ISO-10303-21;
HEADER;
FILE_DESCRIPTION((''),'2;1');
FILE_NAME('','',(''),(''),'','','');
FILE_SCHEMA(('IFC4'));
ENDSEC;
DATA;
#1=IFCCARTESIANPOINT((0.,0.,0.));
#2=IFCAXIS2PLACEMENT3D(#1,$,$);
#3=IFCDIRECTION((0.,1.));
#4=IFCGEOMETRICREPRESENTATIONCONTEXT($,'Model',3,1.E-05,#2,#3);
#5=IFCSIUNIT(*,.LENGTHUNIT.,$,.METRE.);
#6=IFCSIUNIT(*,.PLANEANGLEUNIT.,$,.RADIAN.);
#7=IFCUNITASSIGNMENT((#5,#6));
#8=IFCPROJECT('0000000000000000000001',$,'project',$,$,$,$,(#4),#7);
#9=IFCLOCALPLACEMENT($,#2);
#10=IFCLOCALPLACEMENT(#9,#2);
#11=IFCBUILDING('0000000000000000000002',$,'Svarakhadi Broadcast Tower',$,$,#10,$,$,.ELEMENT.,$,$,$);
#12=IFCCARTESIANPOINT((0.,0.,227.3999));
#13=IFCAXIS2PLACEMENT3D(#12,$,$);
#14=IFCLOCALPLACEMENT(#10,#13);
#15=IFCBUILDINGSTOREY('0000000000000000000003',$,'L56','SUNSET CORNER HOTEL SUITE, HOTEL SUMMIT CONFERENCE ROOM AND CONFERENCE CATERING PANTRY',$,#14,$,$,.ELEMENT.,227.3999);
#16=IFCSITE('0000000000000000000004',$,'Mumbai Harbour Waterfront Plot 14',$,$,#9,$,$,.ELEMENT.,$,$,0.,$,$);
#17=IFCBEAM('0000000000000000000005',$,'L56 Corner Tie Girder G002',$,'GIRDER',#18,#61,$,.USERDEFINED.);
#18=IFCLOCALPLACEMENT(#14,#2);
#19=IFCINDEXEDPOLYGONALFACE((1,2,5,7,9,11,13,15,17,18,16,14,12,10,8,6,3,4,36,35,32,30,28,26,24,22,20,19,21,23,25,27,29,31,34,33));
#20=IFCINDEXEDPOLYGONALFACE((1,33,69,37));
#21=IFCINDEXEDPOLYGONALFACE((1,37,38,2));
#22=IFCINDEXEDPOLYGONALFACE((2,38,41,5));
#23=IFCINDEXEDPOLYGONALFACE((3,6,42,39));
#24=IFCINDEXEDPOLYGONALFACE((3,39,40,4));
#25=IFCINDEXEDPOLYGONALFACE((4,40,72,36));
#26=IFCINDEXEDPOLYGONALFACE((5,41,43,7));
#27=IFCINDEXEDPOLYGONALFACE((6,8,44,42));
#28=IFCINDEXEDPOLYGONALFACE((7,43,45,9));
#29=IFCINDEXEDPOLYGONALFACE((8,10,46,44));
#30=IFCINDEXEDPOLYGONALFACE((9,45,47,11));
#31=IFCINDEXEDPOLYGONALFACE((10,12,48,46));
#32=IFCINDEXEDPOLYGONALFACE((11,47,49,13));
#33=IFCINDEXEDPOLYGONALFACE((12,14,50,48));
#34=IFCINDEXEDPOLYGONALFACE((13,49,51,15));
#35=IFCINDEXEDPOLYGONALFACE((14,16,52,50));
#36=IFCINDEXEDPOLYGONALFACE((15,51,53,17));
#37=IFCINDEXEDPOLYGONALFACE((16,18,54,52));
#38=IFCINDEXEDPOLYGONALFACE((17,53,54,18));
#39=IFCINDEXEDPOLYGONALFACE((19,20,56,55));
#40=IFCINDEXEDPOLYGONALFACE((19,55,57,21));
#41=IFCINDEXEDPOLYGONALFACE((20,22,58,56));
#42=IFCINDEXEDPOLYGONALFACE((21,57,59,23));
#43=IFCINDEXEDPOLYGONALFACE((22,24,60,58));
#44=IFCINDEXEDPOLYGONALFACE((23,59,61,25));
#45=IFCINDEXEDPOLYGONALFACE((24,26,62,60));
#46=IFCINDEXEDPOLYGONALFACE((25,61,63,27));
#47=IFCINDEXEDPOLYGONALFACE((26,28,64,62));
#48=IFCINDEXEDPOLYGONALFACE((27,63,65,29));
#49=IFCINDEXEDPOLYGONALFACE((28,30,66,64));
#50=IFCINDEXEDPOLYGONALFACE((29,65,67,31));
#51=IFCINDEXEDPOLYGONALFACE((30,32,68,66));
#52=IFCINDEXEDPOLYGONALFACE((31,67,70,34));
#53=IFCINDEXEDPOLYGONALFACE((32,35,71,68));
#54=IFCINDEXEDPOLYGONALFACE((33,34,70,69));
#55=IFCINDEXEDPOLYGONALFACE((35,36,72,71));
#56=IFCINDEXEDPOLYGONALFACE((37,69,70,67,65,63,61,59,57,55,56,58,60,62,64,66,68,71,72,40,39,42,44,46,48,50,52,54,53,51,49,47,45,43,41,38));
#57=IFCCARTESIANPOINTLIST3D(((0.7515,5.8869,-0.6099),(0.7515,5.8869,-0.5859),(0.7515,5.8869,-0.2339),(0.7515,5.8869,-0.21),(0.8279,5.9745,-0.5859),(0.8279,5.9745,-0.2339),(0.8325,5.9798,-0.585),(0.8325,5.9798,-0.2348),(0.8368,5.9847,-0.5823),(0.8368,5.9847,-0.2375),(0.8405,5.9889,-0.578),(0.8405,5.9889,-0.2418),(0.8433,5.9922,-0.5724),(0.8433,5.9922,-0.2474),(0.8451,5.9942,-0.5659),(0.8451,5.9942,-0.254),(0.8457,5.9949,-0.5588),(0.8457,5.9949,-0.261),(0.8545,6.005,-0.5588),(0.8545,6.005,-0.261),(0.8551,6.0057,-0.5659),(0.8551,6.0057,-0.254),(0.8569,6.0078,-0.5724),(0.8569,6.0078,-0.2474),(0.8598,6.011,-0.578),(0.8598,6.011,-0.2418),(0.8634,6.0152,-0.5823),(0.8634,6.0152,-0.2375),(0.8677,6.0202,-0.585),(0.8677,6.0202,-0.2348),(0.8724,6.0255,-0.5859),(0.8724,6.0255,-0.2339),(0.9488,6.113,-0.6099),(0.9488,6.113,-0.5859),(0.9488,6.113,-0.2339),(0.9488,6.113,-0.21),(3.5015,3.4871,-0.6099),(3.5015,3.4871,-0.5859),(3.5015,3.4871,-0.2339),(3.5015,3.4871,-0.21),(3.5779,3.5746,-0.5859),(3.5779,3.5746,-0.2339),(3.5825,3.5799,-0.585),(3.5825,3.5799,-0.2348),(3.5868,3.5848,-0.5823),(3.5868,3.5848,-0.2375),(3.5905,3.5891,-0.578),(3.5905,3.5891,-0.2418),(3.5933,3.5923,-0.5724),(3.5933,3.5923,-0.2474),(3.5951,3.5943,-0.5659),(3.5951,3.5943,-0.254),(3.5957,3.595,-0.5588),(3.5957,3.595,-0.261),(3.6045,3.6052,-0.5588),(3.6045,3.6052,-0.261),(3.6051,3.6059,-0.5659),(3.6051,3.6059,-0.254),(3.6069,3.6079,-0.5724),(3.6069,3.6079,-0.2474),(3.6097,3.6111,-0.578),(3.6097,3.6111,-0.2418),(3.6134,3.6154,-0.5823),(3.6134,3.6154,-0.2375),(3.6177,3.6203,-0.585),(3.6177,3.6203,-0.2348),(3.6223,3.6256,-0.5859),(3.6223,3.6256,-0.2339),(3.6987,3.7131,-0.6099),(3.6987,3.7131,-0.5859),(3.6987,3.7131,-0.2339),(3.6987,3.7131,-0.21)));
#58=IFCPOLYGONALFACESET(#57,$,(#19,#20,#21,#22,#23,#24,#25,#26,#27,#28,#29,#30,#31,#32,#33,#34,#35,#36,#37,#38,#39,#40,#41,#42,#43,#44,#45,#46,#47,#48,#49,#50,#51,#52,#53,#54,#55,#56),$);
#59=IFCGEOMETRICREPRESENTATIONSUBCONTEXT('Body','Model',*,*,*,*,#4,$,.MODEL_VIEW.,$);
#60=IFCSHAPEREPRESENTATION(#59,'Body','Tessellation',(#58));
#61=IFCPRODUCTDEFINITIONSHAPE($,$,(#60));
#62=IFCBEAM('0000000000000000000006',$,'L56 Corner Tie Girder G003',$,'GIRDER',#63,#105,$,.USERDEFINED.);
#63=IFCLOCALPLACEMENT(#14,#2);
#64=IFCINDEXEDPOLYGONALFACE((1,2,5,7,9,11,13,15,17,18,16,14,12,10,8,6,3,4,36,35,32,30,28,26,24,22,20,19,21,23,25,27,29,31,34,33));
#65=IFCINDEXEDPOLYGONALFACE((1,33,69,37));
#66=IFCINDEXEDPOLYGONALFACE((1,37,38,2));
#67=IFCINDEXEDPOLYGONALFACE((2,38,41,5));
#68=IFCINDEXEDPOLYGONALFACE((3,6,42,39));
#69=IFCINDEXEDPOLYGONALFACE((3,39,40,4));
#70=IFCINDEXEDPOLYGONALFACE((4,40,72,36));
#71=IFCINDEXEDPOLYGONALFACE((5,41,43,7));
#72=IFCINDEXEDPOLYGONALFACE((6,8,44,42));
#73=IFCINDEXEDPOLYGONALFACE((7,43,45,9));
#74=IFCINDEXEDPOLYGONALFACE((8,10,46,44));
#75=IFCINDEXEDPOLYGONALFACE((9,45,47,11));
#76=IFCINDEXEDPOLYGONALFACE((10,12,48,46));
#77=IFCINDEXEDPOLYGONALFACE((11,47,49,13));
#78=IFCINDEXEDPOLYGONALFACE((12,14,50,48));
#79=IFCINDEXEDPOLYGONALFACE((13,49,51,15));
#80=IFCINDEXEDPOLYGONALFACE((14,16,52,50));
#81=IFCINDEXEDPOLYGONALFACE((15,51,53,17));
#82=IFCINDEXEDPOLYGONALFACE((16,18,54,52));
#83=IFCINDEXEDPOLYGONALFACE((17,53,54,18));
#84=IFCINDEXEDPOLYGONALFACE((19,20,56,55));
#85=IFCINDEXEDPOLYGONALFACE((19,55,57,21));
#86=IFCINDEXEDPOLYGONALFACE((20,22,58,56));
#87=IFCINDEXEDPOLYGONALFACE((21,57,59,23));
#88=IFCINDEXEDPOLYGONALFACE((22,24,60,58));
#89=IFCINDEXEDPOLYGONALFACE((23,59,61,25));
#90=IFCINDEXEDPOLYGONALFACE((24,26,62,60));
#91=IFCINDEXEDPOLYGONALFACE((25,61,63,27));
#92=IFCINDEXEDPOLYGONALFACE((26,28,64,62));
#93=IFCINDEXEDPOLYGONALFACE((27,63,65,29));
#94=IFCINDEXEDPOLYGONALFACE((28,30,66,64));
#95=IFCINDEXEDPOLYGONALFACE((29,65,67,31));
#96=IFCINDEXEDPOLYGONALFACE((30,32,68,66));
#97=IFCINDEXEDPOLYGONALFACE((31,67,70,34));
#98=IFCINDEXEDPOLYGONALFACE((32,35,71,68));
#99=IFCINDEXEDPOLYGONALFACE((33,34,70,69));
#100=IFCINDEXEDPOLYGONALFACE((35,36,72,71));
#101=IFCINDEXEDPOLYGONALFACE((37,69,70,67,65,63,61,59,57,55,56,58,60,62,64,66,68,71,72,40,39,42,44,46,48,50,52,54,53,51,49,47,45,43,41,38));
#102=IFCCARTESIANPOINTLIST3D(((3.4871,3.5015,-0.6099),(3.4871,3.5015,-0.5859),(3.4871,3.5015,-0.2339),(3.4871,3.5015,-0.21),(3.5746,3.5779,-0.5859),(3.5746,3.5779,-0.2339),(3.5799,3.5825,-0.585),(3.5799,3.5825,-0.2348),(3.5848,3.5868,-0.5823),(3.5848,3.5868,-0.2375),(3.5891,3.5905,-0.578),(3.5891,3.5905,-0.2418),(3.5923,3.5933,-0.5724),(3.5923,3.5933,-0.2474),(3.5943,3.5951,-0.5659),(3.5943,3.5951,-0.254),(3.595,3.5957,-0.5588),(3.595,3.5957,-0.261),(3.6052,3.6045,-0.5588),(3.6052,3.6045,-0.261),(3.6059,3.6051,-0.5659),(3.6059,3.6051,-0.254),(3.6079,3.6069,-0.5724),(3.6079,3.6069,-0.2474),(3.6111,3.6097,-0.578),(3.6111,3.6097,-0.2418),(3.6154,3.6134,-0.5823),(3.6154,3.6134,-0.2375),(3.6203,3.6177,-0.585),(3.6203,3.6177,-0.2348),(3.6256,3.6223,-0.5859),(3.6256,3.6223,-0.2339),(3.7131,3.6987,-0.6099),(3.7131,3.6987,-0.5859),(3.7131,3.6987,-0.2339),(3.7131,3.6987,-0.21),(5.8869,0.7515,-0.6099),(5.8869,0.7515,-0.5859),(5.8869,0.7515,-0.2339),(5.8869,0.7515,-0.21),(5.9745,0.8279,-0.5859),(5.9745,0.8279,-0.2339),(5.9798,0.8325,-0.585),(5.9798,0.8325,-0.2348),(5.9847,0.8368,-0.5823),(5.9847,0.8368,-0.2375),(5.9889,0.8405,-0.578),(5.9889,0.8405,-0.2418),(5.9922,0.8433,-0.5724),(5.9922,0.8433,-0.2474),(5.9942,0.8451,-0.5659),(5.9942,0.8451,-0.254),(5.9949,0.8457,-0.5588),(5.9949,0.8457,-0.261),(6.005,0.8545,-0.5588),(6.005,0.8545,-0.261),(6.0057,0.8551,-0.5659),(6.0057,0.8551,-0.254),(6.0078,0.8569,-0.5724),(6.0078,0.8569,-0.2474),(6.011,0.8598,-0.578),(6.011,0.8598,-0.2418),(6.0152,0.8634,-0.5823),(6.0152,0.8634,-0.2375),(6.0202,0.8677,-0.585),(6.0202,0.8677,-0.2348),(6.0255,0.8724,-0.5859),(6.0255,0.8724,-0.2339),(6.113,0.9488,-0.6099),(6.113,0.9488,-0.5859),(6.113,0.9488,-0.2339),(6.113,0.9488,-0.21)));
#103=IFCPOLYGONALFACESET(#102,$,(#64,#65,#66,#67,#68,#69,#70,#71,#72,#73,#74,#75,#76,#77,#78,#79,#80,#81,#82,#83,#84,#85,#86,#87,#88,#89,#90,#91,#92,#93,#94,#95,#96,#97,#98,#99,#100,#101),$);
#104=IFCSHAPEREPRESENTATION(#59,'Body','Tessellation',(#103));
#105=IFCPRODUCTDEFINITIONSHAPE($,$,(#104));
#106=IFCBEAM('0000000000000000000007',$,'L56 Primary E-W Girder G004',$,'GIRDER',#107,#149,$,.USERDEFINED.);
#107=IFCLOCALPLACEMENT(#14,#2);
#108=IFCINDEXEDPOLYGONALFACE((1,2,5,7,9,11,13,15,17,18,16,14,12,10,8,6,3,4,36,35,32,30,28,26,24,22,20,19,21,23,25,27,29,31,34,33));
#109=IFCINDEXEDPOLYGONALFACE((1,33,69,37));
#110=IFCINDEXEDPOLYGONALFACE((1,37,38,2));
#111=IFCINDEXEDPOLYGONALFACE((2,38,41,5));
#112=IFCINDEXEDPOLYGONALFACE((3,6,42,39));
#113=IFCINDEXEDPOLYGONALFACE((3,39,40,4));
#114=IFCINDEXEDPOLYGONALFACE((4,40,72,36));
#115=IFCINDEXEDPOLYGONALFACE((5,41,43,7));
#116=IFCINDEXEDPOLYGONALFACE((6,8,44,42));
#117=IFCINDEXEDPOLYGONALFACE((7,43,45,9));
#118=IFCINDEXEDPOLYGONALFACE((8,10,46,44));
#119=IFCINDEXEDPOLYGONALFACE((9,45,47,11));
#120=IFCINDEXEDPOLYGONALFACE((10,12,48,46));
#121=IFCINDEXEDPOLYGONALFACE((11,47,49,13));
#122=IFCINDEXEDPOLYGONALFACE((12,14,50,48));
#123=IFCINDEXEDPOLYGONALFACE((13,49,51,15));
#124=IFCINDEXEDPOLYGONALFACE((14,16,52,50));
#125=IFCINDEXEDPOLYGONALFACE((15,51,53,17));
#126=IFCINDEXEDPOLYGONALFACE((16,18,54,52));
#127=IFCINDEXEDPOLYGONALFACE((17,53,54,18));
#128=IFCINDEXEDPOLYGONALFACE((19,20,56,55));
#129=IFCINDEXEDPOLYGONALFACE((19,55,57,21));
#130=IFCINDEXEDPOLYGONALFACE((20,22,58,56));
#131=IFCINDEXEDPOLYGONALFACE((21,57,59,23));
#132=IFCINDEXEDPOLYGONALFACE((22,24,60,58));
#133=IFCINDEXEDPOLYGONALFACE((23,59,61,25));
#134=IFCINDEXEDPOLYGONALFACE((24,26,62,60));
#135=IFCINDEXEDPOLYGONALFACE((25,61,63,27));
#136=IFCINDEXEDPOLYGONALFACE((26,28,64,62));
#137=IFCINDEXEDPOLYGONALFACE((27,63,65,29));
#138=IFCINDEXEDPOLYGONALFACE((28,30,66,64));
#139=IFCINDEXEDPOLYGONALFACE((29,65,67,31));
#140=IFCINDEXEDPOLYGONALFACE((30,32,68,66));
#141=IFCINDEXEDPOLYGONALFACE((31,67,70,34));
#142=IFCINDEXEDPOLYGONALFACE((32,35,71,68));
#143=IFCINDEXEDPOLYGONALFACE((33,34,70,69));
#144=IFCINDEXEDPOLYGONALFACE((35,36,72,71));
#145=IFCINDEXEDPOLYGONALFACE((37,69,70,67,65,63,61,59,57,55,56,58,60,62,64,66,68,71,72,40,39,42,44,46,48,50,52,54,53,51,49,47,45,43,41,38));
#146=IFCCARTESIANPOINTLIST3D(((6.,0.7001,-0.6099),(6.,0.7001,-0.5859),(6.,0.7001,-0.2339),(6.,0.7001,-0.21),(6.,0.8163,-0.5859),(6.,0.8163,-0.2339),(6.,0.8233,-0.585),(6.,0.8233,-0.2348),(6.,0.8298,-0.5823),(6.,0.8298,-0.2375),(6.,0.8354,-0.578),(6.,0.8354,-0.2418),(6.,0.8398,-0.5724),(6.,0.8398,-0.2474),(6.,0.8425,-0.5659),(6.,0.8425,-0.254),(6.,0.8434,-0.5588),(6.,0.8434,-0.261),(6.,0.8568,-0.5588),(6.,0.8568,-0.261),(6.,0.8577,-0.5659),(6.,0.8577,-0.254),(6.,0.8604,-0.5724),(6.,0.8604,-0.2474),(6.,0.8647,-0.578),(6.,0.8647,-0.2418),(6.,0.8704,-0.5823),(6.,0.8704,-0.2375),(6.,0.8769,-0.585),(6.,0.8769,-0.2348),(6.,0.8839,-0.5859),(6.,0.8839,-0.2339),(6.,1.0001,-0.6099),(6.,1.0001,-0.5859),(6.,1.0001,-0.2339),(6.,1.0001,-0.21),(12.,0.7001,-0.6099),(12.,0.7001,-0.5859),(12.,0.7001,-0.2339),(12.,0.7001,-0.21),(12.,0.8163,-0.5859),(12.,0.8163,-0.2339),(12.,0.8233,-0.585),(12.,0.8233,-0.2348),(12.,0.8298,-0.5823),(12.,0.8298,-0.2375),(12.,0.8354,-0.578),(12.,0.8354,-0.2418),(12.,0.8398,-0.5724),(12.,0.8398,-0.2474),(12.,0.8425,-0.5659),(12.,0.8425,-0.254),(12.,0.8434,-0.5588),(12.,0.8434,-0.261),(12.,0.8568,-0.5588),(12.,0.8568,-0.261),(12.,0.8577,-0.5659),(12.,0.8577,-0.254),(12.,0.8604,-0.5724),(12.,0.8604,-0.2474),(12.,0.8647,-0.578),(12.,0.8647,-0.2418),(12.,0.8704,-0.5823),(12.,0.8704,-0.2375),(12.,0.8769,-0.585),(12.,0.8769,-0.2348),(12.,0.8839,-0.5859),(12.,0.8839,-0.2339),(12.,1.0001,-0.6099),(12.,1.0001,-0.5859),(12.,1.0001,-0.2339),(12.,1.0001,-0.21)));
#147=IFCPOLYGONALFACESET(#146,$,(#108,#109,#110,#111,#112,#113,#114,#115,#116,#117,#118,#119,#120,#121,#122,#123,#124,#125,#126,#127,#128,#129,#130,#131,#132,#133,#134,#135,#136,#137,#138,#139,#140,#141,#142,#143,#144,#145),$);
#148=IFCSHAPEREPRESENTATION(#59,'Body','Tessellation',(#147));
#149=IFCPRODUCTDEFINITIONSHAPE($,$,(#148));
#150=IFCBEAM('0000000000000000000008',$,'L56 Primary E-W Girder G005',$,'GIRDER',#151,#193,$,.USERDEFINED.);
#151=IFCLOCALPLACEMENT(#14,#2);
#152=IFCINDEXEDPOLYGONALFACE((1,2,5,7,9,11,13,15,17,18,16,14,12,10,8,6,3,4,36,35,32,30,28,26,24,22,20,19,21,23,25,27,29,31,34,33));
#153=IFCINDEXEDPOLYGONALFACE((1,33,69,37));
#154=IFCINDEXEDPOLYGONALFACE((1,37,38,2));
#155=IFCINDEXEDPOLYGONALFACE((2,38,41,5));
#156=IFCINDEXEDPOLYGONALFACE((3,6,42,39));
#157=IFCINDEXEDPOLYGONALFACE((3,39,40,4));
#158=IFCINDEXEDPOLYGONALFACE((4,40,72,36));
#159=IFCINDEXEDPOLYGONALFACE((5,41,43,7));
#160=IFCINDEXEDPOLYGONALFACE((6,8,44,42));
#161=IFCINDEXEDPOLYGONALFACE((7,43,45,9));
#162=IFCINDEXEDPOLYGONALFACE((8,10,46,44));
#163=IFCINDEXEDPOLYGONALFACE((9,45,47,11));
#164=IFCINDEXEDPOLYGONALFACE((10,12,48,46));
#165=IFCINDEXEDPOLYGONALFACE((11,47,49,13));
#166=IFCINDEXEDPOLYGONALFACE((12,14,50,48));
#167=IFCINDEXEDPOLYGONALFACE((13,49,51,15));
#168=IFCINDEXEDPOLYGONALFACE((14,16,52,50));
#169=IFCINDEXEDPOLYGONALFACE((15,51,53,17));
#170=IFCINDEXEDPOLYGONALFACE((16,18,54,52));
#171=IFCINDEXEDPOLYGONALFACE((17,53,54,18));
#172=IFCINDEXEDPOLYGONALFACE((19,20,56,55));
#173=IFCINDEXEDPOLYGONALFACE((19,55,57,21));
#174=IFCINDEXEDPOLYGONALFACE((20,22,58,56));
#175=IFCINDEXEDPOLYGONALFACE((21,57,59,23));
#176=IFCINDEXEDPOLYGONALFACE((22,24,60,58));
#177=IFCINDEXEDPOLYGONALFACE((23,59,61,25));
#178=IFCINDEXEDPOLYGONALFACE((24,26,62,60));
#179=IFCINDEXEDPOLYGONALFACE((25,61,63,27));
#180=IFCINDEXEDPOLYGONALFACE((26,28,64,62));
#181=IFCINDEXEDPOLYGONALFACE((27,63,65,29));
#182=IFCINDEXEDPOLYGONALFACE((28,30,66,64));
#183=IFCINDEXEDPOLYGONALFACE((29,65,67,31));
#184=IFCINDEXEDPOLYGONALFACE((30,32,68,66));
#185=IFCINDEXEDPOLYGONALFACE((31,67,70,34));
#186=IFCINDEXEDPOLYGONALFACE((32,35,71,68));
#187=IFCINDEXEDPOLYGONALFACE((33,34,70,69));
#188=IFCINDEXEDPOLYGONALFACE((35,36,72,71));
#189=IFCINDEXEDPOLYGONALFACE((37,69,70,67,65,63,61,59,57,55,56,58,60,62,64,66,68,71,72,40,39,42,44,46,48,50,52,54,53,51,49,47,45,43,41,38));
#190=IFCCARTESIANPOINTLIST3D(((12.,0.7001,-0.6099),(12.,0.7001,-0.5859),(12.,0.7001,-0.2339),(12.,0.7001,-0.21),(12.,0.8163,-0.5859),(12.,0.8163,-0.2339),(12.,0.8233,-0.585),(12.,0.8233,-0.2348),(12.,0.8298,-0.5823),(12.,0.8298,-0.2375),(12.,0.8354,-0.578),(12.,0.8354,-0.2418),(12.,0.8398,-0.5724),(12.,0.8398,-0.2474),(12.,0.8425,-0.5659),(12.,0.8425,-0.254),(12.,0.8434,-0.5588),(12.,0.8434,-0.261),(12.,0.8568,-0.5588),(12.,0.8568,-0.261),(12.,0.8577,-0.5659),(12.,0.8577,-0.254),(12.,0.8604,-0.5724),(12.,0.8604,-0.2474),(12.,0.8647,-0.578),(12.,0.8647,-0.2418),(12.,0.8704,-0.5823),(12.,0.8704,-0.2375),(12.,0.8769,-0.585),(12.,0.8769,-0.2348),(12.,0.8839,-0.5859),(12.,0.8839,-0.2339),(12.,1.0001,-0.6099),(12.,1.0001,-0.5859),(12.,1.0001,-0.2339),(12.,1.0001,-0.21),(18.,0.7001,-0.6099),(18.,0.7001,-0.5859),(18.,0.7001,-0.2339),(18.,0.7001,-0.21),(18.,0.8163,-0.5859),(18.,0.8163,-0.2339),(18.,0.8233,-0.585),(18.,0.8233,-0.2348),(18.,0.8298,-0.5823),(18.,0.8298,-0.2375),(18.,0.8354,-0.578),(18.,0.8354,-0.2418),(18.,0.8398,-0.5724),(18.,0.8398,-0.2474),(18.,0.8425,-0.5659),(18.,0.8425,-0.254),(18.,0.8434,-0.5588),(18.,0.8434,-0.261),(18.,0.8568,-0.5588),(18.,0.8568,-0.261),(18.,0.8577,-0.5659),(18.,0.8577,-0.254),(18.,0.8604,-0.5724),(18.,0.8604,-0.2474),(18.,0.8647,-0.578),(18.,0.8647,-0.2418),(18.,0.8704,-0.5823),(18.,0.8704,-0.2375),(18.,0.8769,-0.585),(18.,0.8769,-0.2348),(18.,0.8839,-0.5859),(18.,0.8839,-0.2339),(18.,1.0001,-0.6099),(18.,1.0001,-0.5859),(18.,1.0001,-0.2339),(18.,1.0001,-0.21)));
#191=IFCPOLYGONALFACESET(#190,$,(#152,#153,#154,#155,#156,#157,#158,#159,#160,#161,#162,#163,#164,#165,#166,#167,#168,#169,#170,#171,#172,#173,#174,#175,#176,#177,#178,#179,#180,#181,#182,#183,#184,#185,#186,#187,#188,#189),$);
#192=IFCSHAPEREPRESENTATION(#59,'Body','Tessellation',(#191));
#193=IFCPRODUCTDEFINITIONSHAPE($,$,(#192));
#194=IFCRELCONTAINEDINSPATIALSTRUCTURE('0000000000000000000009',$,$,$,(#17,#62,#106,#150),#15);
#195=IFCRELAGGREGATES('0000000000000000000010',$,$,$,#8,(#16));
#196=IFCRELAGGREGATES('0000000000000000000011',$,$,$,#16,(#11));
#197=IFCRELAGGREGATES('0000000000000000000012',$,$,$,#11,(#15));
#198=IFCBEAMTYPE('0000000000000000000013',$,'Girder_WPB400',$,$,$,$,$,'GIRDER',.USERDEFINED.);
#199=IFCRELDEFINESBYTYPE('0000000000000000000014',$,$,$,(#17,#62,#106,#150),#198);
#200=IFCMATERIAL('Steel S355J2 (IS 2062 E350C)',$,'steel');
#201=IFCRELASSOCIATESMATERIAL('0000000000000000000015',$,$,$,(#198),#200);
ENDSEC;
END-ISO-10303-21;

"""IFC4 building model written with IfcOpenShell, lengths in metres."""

from ifc_helpers import new_model, si_unit, direction, frame, origin, origin_2d, place, context, subcontext, project, spatial, i_section, extrude, material, material_profile, profile_set, type_object, element, save


model = new_model("IFC4")

# Units and contexts
model_context = context("Model", 3, precision=1e-05, world=origin(), true_north=direction((0.0, 1.0)))
body_context = subcontext(model_context, "Body", "Model", "MODEL_VIEW")
ifc_project = project(units=[si_unit("LENGTHUNIT", "METRE"), si_unit("PLANEANGLEUNIT", "RADIAN")], contexts=[model_context])

# Site, building, storey
site_placement = place(None, origin())
site = spatial("IfcSite", under=ifc_project, at=site_placement, Name="Mumbai Harbour Waterfront Plot 14", CompositionType="ELEMENT", RefElevation=0.0)
building_placement = place(site_placement, origin())
building = spatial("IfcBuilding", under=site, at=building_placement, Name="Svarakhadi Broadcast Tower", CompositionType="ELEMENT")
storey_placement = place(building_placement, frame((0.0, 0.0, 227.3999)))
storey = spatial("IfcBuildingStorey", under=building, at=storey_placement, Name="L56", Description="SUNSET CORNER HOTEL SUITE, HOTEL SUMMIT CONFERENCE ROOM AND CONFERENCE CATERING PANTRY", CompositionType="ELEMENT", Elevation=227.3999)

# Shared definitions
ifc_material_1 = material(Name="Steel S355J2 (IS 2062 E350C)", Category="steel")

# Beams
ifc_material_profile_1 = material_profile(ifc_material_1, i_section(OverallWidth=0.3, OverallDepth=0.3999, WebThickness=0.0134, FlangeThickness=0.0239, FilletRadius=0.0271, at=origin_2d()), Name="WPB 400x300x155")
ifc_profile_set_1 = profile_set([ifc_material_profile_1], Name="Steel S355J2 (IS 2062 E350C)")
beam_type_1 = type_object("IfcBeamType", Name="Girder_WPB400", ElementType="GIRDER", PredefinedType="USERDEFINED", material=ifc_profile_set_1)
for number, where, z_axis, x_axis, name in (
    (1, (3.6001, 3.6001, -0.4099), (-0.753438, 0.657519, 0.0), (-0.657519, -0.753438, 0.0), "L56 Corner Tie Girder G002"),
    (2, (3.6001, 3.6001, -0.4099), (0.657519, -0.753438, 0.0), (0.753438, 0.657519, 0.0), "L56 Corner Tie Girder G003"),
):
    element("IfcBeam", number, at=place(storey_placement, frame(where, z_axis=z_axis, x_axis=x_axis)), inside=storey, type_object=beam_type_1, Name=name, ObjectType="GIRDER", PredefinedType="USERDEFINED", context=body_context, shape_type="SweptSolid", body=[
        extrude(i_section(OverallWidth=0.3, OverallDepth=0.3999, WebThickness=0.0134, FlangeThickness=0.0239, FilletRadius=0.0271, at=origin_2d()), origin(), (0.0, 0.0, 1.0), 3.6499),
    ])
for number, where, z_axis, x_axis, name in (
    (3, (6.0, 0.8501, -0.4099), (1.0, 0.0, 0.0), (0.0, 1.0, 0.0), "L56 Primary E-W Girder G004"),
    (4, (12.0, 0.8501, -0.4099), (1.0, 0.0, 0.0), (0.0, 1.0, 0.0), "L56 Primary E-W Girder G005"),
):
    element("IfcBeam", number, at=place(storey_placement, frame(where, z_axis=z_axis, x_axis=x_axis)), inside=storey, type_object=beam_type_1, Name=name, ObjectType="GIRDER", PredefinedType="USERDEFINED", context=body_context, shape_type="SweptSolid", body=[
        extrude(i_section(OverallWidth=0.3, OverallDepth=0.3999, WebThickness=0.0134, FlangeThickness=0.0239, FilletRadius=0.0271, at=origin_2d()), origin(), (0.0, 0.0, 1.0), 6.0),
    ])

save(model, "model.ifc")
